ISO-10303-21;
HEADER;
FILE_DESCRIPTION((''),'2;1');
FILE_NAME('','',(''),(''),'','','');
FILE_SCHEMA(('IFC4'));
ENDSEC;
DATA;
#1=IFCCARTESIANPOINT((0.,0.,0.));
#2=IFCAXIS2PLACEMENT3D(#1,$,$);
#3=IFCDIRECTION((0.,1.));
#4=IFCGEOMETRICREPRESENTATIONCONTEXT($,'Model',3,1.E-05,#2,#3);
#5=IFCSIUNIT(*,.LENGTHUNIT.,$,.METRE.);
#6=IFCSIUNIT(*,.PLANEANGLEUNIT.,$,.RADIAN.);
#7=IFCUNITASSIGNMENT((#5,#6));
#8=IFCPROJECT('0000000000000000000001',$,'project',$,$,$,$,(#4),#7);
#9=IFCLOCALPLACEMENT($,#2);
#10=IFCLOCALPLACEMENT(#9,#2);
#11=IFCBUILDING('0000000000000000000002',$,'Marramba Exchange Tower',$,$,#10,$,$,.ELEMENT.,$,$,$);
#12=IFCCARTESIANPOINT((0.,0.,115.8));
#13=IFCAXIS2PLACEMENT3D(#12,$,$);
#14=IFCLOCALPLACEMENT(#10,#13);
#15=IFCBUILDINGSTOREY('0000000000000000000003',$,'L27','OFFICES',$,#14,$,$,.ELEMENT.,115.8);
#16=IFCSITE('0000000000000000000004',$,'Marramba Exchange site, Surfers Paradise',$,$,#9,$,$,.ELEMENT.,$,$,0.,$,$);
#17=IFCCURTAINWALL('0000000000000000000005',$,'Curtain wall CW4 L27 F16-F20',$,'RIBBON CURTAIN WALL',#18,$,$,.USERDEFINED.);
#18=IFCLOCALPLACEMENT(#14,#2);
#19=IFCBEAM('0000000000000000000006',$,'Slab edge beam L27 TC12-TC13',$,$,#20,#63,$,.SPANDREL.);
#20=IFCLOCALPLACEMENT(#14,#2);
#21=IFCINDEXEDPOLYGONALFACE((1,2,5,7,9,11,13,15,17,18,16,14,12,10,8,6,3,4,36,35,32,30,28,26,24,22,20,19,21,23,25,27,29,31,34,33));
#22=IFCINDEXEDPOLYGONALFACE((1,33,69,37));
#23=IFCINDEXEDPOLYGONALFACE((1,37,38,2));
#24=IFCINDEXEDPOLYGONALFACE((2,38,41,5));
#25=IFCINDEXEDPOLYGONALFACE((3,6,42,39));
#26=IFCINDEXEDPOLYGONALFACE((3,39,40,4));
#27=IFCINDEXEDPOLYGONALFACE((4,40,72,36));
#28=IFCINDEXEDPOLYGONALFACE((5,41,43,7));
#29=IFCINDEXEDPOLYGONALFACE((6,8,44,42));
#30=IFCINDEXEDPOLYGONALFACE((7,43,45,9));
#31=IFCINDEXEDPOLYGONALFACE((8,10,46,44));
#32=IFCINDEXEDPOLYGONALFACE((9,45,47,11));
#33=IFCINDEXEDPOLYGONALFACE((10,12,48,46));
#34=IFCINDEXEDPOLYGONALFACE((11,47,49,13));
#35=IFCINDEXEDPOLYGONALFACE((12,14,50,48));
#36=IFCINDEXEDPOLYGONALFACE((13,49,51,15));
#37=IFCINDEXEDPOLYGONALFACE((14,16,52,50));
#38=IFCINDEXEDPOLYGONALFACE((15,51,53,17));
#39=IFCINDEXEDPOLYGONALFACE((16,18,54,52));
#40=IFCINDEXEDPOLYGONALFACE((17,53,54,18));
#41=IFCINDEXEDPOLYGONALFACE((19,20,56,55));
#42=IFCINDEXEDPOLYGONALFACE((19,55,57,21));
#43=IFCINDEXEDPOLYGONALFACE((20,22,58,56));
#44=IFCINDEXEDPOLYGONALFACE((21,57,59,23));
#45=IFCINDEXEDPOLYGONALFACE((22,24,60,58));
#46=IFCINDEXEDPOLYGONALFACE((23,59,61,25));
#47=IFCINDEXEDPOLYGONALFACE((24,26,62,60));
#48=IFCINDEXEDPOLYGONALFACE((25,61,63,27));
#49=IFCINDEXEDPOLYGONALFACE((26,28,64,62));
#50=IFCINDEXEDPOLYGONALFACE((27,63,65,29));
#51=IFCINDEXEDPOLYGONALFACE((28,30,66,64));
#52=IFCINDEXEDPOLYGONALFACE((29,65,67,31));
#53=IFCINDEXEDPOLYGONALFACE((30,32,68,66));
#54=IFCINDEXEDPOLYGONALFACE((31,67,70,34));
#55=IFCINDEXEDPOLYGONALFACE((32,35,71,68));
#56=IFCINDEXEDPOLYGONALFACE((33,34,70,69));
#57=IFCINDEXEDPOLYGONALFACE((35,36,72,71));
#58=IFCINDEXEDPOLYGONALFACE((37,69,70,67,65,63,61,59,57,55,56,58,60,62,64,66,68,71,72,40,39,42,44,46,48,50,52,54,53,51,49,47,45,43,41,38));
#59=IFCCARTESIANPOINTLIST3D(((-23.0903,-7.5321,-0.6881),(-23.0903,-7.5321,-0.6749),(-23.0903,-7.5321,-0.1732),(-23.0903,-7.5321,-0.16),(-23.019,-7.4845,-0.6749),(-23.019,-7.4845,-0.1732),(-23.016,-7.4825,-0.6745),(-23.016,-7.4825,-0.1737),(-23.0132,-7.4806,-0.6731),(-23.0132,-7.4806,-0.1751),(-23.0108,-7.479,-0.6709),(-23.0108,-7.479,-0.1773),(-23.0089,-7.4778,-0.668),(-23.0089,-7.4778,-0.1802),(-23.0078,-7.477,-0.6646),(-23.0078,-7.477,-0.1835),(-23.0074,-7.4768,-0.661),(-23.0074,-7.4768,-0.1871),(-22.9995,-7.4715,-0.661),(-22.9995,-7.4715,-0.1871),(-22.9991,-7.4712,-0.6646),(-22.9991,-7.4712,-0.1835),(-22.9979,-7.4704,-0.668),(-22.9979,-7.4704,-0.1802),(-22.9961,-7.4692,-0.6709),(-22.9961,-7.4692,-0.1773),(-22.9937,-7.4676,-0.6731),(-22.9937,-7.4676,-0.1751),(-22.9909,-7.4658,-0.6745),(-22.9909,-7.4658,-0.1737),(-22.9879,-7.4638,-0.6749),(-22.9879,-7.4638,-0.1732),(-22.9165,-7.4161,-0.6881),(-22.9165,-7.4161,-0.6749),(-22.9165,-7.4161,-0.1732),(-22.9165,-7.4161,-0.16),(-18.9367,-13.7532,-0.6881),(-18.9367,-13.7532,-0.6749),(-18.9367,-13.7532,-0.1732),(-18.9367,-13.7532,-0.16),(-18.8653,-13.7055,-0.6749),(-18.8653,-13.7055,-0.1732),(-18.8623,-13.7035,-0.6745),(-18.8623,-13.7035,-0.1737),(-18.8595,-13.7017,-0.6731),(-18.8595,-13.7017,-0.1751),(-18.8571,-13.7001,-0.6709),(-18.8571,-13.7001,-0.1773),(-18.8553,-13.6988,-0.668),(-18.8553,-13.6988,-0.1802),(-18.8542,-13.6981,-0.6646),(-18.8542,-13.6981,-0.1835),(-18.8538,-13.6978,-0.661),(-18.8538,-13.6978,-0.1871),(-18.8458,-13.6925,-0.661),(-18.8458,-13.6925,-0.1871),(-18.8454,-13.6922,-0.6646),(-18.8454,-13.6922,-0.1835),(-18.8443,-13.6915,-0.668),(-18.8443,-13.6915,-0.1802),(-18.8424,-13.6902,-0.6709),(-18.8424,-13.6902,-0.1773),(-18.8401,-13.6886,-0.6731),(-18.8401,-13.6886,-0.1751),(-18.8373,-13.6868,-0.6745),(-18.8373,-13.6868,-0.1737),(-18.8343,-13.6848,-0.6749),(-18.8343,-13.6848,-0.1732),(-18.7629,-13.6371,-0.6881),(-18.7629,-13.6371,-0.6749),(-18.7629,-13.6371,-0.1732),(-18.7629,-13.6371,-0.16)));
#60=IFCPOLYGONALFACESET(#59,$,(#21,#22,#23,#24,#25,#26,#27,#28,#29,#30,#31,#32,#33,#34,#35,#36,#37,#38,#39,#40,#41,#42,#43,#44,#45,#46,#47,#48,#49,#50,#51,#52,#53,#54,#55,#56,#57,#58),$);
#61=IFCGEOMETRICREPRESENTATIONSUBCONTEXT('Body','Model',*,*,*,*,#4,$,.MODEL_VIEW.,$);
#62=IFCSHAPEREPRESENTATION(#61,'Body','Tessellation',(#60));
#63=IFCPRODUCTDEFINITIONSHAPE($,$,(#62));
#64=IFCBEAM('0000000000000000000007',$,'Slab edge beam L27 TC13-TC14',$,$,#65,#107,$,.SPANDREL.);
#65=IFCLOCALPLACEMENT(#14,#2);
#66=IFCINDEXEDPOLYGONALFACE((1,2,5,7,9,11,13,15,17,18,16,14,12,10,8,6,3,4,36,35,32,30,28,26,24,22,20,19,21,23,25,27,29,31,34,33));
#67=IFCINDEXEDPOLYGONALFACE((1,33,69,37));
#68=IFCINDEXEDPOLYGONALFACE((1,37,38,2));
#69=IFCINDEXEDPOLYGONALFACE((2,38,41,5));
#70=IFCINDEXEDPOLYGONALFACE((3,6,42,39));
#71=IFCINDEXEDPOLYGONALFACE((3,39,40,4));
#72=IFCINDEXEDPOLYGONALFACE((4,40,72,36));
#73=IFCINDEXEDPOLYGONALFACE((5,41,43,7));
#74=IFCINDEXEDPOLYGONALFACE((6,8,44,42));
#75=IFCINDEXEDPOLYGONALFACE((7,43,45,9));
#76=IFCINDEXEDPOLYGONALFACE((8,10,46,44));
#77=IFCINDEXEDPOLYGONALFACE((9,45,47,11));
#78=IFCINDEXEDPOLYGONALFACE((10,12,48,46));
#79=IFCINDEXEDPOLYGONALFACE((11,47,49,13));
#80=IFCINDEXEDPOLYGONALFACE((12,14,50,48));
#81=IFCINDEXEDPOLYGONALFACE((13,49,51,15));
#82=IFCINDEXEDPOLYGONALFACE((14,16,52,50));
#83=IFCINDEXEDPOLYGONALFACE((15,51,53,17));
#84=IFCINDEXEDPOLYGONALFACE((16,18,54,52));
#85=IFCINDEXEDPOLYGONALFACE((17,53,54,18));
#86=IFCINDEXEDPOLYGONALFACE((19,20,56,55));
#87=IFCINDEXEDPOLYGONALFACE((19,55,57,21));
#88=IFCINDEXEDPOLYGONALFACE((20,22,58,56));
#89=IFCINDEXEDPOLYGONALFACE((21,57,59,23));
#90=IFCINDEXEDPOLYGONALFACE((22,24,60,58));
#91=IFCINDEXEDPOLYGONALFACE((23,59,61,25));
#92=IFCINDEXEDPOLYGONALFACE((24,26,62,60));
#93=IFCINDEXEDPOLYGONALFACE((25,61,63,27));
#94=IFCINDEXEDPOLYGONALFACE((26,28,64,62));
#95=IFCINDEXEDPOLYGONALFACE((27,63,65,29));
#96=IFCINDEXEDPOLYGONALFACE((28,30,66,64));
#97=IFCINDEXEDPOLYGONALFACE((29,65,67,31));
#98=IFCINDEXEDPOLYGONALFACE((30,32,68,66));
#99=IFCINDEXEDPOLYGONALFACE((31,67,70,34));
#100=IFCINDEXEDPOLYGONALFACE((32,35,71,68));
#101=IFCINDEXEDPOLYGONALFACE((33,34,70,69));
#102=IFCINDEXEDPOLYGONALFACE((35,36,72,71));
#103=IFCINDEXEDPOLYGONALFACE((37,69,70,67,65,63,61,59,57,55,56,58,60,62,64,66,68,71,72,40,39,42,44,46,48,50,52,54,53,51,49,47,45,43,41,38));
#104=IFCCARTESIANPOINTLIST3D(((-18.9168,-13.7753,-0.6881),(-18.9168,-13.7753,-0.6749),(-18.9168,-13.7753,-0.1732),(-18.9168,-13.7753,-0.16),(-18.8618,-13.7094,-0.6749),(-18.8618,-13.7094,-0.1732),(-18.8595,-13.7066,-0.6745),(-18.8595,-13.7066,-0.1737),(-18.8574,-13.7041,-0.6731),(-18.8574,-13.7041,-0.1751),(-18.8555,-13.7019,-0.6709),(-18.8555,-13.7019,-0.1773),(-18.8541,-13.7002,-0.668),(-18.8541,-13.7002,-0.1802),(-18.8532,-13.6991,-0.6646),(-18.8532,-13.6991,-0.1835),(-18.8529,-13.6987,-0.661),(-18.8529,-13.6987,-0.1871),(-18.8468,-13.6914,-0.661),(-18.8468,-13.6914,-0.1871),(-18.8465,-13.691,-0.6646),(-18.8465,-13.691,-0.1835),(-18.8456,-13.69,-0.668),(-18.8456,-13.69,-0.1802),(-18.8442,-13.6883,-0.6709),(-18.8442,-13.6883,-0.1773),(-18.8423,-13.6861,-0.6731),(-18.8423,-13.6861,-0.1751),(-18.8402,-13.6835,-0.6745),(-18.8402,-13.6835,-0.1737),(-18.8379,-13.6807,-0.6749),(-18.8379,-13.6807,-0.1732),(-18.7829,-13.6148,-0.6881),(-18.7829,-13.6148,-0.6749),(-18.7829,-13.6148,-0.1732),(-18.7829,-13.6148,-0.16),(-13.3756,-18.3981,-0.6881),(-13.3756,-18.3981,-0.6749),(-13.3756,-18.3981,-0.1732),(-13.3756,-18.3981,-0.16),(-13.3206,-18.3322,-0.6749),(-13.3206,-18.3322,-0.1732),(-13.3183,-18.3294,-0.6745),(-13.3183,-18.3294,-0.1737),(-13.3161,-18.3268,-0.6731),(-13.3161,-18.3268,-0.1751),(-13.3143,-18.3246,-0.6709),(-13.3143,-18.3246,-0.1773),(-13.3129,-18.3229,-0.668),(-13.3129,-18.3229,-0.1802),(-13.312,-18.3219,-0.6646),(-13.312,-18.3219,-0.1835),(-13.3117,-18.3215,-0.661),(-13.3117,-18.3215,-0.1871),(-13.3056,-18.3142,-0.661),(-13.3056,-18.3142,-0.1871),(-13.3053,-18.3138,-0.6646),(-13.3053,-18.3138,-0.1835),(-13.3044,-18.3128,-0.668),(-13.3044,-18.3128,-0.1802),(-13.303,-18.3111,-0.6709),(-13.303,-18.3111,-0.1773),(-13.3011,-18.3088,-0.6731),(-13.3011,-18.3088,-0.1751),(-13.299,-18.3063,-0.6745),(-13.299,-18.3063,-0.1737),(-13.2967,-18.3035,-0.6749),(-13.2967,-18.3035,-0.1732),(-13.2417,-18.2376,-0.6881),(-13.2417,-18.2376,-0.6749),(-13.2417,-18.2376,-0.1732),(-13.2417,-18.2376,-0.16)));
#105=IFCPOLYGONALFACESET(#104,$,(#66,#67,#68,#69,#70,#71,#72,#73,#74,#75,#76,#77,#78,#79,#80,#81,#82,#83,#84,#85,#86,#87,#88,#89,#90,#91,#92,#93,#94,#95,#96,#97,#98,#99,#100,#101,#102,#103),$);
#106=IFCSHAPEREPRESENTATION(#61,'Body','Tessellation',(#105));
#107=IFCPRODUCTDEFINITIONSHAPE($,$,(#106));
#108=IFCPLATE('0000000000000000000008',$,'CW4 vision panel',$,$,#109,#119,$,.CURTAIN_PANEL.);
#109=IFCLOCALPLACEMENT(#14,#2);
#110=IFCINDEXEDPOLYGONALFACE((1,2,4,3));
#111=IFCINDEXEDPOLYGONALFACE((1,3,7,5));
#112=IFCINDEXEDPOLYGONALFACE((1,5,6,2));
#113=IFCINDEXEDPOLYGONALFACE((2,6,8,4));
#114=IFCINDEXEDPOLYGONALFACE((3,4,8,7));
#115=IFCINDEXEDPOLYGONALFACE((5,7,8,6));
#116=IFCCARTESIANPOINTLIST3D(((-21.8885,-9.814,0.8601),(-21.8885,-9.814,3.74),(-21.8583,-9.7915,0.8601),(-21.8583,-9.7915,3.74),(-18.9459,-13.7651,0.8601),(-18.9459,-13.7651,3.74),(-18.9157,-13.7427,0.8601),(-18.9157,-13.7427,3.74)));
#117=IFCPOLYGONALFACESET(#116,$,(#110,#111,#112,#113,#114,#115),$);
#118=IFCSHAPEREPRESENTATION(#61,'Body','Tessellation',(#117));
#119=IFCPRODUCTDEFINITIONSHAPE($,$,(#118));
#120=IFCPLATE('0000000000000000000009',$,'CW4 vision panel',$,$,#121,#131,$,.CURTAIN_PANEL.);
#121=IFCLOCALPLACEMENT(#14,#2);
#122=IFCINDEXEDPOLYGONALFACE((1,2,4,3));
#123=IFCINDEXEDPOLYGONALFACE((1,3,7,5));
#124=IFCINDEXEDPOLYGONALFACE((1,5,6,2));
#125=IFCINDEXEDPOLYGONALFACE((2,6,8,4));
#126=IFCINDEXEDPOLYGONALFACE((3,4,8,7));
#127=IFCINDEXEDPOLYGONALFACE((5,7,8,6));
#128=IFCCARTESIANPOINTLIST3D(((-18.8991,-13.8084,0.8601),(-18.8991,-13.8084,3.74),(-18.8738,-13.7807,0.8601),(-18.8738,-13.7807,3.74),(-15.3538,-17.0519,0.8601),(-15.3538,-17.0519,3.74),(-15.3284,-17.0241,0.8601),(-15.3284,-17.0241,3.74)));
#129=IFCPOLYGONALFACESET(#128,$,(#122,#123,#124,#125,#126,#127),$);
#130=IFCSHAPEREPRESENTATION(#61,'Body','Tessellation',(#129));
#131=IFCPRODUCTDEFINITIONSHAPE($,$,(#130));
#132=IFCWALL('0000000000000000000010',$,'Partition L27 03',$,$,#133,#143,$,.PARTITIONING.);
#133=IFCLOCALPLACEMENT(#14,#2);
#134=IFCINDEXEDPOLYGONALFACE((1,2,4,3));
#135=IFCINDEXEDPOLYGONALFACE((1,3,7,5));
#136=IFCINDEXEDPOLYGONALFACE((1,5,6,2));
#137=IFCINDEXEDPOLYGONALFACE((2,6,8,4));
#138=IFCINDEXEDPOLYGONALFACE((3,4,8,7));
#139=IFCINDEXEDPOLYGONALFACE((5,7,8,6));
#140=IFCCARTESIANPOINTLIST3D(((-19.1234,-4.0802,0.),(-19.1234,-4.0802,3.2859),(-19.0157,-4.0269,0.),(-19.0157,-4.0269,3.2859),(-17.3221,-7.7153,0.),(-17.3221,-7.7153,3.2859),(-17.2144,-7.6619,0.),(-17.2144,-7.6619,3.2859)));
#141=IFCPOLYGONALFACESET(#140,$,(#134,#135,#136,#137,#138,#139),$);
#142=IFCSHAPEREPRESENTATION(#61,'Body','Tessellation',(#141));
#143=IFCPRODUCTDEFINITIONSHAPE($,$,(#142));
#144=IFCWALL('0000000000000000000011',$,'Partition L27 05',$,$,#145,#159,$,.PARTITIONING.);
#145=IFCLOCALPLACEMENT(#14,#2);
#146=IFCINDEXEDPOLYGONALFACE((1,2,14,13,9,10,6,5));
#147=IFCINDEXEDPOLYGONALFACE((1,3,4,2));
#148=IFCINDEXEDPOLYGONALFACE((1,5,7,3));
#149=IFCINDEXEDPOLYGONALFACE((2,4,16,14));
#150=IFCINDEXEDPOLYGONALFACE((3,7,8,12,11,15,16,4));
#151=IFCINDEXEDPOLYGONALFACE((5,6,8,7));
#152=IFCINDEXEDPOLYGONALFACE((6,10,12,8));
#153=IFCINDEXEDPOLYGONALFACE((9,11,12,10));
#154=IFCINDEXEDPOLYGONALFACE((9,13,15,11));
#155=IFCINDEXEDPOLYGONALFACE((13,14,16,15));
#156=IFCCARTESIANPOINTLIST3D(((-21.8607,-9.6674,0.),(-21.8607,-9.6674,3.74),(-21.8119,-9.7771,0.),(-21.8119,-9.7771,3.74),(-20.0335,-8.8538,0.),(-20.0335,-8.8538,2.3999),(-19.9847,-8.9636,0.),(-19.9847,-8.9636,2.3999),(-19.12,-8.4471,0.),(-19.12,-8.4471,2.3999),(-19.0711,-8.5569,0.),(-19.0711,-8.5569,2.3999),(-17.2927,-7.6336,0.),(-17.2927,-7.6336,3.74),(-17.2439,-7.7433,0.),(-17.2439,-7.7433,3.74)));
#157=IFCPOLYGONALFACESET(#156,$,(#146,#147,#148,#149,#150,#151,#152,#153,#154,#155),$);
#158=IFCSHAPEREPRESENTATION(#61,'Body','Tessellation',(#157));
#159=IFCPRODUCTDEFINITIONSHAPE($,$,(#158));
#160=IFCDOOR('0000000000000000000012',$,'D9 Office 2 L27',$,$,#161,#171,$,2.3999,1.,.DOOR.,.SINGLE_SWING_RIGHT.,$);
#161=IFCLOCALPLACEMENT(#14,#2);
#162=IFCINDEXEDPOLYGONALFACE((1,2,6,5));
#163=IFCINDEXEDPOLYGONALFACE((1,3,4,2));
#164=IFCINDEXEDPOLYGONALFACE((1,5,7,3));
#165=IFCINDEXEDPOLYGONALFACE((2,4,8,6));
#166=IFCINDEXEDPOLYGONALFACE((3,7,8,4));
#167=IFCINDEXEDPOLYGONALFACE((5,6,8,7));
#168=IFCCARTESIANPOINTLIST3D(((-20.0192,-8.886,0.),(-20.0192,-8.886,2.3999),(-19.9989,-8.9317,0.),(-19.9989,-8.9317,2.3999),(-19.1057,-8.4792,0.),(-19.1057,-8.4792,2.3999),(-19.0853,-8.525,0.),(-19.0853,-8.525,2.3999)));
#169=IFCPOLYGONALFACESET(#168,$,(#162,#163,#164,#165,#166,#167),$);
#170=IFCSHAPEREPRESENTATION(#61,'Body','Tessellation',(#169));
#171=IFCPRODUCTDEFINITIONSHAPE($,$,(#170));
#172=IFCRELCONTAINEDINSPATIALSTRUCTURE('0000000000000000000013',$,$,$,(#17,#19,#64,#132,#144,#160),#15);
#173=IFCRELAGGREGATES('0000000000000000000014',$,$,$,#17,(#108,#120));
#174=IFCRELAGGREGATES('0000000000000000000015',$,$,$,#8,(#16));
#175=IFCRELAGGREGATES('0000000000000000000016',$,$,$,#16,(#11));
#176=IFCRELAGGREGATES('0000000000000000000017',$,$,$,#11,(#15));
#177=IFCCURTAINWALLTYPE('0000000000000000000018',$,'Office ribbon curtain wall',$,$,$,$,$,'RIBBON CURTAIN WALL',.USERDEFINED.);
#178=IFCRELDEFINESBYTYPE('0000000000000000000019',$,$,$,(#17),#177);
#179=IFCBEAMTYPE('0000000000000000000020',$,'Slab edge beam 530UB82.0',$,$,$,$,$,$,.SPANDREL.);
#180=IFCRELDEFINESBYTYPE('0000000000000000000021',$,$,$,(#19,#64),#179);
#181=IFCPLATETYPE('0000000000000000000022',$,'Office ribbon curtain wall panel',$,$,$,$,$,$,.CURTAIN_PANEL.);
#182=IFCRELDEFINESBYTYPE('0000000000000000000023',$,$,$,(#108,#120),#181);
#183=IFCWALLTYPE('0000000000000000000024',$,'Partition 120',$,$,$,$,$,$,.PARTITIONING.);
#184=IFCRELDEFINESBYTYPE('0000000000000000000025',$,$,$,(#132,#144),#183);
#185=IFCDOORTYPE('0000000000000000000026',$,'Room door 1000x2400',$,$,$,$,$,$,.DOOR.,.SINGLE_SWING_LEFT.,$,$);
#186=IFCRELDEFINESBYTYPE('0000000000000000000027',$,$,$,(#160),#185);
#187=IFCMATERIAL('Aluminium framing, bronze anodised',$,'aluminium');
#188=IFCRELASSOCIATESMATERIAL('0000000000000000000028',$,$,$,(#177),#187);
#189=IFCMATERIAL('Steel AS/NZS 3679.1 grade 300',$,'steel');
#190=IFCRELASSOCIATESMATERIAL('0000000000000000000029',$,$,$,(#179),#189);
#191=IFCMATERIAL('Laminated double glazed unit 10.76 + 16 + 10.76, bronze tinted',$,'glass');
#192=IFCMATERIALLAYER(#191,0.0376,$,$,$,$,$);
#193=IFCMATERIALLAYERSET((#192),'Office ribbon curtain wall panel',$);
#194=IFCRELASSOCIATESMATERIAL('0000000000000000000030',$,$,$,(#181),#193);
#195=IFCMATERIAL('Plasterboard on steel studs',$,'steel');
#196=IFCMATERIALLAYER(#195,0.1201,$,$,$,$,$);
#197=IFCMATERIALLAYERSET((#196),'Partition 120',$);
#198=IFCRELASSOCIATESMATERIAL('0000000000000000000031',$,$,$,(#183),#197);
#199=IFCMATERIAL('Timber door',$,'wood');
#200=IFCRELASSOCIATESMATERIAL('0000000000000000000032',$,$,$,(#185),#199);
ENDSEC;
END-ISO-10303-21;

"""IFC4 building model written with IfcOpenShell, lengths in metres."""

from ifc_helpers import new_model, si_unit, direction, frame, frame_2d, origin, origin_2d, place, context, subcontext, project, spatial, rectangle, i_section, extrude, material, layer, layer_set, material_profile, profile_set, type_object, element, fill, aggregate, save


model = new_model("IFC4")

# Units and contexts
model_context = context("Model", 3, precision=1e-05, world=origin(), true_north=direction((0.0, 1.0)))
body_context = subcontext(model_context, "Body", "Model", "MODEL_VIEW")
ifc_project = project(units=[si_unit("LENGTHUNIT", "METRE"), si_unit("PLANEANGLEUNIT", "RADIAN")], contexts=[model_context])

# Site, building, storey
site_placement = place(None, origin())
site = spatial("IfcSite", under=ifc_project, at=site_placement, Name="Marramba Exchange site, Surfers Paradise", CompositionType="ELEMENT", RefElevation=0.0)
building_placement = place(site_placement, origin())
building = spatial("IfcBuilding", under=site, at=building_placement, Name="Marramba Exchange Tower", CompositionType="ELEMENT")
storey_placement = place(building_placement, frame((0.0, 0.0, 115.8)))
storey = spatial("IfcBuildingStorey", under=building, at=storey_placement, Name="L27", Description="OFFICES", CompositionType="ELEMENT", Elevation=115.8)

# Curtain wall
ifc_material_1 = material(Name="Aluminium framing, bronze anodised", Category="aluminium")
curtain_wall_type = type_object("IfcCurtainWallType", Name="Office ribbon curtain wall", ElementType="RIBBON CURTAIN WALL", PredefinedType="USERDEFINED", material=ifc_material_1)
curtain_wall_placement = place(storey_placement, origin())
curtain_wall = element("IfcCurtainWall", 1, at=curtain_wall_placement, inside=storey, type_object=curtain_wall_type, Name="Curtain wall CW4 L27 F16-F20", ObjectType="RIBBON CURTAIN WALL", PredefinedType="USERDEFINED")

# Beams
ifc_material_2 = material(Name="Steel AS/NZS 3679.1 grade 300", Category="steel")
ifc_material_profile_1 = material_profile(ifc_material_2, i_section(OverallWidth=0.209, OverallDepth=0.5281, WebThickness=0.0095, FlangeThickness=0.0132, FilletRadius=0.0139, at=origin_2d()), Name="530UB82.0")
ifc_profile_set_1 = profile_set([ifc_material_profile_1], Name="Steel AS/NZS 3679.1 grade 300")
beam_type_1 = type_object("IfcBeamType", Name="Slab edge beam 530UB82.0", PredefinedType="SPANDREL", material=ifc_profile_set_1)
beam_1_placement = place(storey_placement, frame((-23.0034, -7.4741, -0.4241), z_axis=(0.55528, -0.831663, 0.0), x_axis=(0.831663, 0.55528, 0.0)))
element("IfcBeam", 2, at=beam_1_placement, inside=storey, type_object=beam_type_1, Name="Slab edge beam L27 TC12-TC13", PredefinedType="SPANDREL", context=body_context, shape_type="SweptSolid", body=[
    extrude(i_section(OverallWidth=0.209, OverallDepth=0.5281, WebThickness=0.0095, FlangeThickness=0.0132, FilletRadius=0.0139, at=origin_2d()), origin(), (0.0, 0.0, 1.0), 7.4802),
])
beam_2_placement = place(storey_placement, frame((-18.8499, -13.6951, -0.4241), z_axis=(0.767875, -0.6406, 0.0), x_axis=(0.6406, 0.767875, 0.0)))
element("IfcBeam", 3, at=beam_2_placement, inside=storey, type_object=beam_type_1, Name="Slab edge beam L27 TC13-TC14", PredefinedType="SPANDREL", context=body_context, shape_type="SweptSolid", body=[
    extrude(i_section(OverallWidth=0.209, OverallDepth=0.5281, WebThickness=0.0095, FlangeThickness=0.0132, FilletRadius=0.0139, at=origin_2d()), origin(), (0.0, 0.0, 1.0), 7.2163),
])

# Plates
ifc_material_3 = material(Name="Laminated double glazed unit 10.76 + 16 + 10.76, bronze tinted", Category="glass")
ifc_layer_1 = layer(ifc_material_3, 0.0376)
ifc_layer_set_1 = layer_set([ifc_layer_1], Name="Office ribbon curtain wall panel")
plate_type = type_object("IfcPlateType", Name="Office ribbon curtain wall panel", PredefinedType="CURTAIN_PANEL", material=ifc_layer_set_1)
plate_1_placement = place(storey_placement, frame((-20.4021, -11.7783, 0.8601), z_axis=(0.0, 0.0, 1.0), x_axis=(0.597305, -0.802014, 0.0)))
plate_1 = element("IfcPlate", 4, at=plate_1_placement, type_object=plate_type, Name="CW4 vision panel", PredefinedType="CURTAIN_PANEL", context=body_context, shape_type="SweptSolid", body=[
    extrude(rectangle(XDim=4.9265, YDim=0.0376, at=origin_2d()), origin(), (0.0, 0.0, 1.0), 2.8799),
])
plate_2_placement = place(storey_placement, frame((-17.1138, -15.4163, 0.8601), z_axis=(0.0, 0.0, 1.0), x_axis=(0.737822, -0.674995, 0.0)))
plate_2 = element("IfcPlate", 5, at=plate_2_placement, type_object=plate_type, Name="CW4 vision panel", PredefinedType="CURTAIN_PANEL", context=body_context, shape_type="SweptSolid", body=[
    extrude(rectangle(XDim=4.8052, YDim=0.0376, at=origin_2d()), origin(), (0.0, 0.0, 1.0), 2.8799),
])
aggregate(curtain_wall, [plate_1, plate_2])

# Wall
ifc_material_4 = material(Name="Plasterboard on steel studs", Category="steel")
ifc_layer_2 = layer(ifc_material_4, 0.1201)
ifc_layer_set_2 = layer_set([ifc_layer_2], Name="Partition 120")
wall_type_1 = type_object("IfcWallType", Name="Partition 120", PredefinedType="PARTITIONING", material=ifc_layer_set_2)
wall_1_placement = place(storey_placement, frame((-17.2683, -7.6885, 0.0), z_axis=(0.0, 0.0, 1.0), x_axis=(-0.444009, 0.896022, 0.0)))
element("IfcWall", 6, at=wall_1_placement, inside=storey, type_object=wall_type_1, Name="Partition L27 03", PredefinedType="PARTITIONING", context=body_context, shape_type="SweptSolid", body=[
    extrude(rectangle(XDim=4.0569, YDim=0.1201, at=frame_2d((2.0283, 0.0))), origin(), (0.0, 0.0, 1.0), 3.2859),
])

# Wall, opening, door
wall_2_placement = place(storey_placement, frame((-21.8362, -9.7222, 0.0), z_axis=(0.0, 0.0, 1.0), x_axis=(0.91355, 0.406727, 0.0)))
wall_2 = element("IfcWall", 7, at=wall_2_placement, inside=storey, type_object=wall_type_1, Name="Partition L27 05", PredefinedType="PARTITIONING", context=body_context, shape_type="SweptSolid", body=[
    extrude(rectangle(XDim=5.0002, YDim=0.1201, at=frame_2d((2.5, 0.0))), origin(), (0.0, 0.0, 1.0), 3.74),
])
opening_1_placement = place(wall_2_placement, frame((2.0, 0.0, 0.0)))
opening_1 = element("IfcOpeningElement", 8, at=opening_1_placement, cuts=wall_2, PredefinedType="OPENING", context=body_context, shape_type="SweptSolid", body=[
    extrude(rectangle(XDim=1.0, YDim=2.3999, at=frame_2d((0.5, 1.2))), frame((0.0, 0.0701, 0.0), z_axis=(0.0, -1.0, 0.0), x_axis=(1.0, 0.0, 0.0)), (0.0, 0.0, 1.0), 0.1401),
])
ifc_material_5 = material(Name="Timber door", Category="wood")
door_type_1 = type_object("IfcDoorType", Name="Room door 1000x2400", OperationType="SINGLE_SWING_LEFT", PredefinedType="DOOR", material=ifc_material_5)
door_1_placement = place(opening_1_placement, origin())
door_1 = element("IfcDoor", 9, at=door_1_placement, inside=storey, type_object=door_type_1, Name="D9 Office 2 L27", OperationType="SINGLE_SWING_RIGHT", OverallHeight=2.3999, OverallWidth=1.0, PredefinedType="DOOR", context=body_context, shape_type="SweptSolid", body=[
    extrude(rectangle(XDim=1.0, YDim=2.3999, at=frame_2d((0.5, 1.2))), frame((0.0, 0.0249, 0.0), z_axis=(0.0, -1.0, 0.0), x_axis=(1.0, 0.0, 0.0)), (0.0, 0.0, 1.0), 0.05),
])
fill(opening_1, door_1)

save(model, "model.ifc")
